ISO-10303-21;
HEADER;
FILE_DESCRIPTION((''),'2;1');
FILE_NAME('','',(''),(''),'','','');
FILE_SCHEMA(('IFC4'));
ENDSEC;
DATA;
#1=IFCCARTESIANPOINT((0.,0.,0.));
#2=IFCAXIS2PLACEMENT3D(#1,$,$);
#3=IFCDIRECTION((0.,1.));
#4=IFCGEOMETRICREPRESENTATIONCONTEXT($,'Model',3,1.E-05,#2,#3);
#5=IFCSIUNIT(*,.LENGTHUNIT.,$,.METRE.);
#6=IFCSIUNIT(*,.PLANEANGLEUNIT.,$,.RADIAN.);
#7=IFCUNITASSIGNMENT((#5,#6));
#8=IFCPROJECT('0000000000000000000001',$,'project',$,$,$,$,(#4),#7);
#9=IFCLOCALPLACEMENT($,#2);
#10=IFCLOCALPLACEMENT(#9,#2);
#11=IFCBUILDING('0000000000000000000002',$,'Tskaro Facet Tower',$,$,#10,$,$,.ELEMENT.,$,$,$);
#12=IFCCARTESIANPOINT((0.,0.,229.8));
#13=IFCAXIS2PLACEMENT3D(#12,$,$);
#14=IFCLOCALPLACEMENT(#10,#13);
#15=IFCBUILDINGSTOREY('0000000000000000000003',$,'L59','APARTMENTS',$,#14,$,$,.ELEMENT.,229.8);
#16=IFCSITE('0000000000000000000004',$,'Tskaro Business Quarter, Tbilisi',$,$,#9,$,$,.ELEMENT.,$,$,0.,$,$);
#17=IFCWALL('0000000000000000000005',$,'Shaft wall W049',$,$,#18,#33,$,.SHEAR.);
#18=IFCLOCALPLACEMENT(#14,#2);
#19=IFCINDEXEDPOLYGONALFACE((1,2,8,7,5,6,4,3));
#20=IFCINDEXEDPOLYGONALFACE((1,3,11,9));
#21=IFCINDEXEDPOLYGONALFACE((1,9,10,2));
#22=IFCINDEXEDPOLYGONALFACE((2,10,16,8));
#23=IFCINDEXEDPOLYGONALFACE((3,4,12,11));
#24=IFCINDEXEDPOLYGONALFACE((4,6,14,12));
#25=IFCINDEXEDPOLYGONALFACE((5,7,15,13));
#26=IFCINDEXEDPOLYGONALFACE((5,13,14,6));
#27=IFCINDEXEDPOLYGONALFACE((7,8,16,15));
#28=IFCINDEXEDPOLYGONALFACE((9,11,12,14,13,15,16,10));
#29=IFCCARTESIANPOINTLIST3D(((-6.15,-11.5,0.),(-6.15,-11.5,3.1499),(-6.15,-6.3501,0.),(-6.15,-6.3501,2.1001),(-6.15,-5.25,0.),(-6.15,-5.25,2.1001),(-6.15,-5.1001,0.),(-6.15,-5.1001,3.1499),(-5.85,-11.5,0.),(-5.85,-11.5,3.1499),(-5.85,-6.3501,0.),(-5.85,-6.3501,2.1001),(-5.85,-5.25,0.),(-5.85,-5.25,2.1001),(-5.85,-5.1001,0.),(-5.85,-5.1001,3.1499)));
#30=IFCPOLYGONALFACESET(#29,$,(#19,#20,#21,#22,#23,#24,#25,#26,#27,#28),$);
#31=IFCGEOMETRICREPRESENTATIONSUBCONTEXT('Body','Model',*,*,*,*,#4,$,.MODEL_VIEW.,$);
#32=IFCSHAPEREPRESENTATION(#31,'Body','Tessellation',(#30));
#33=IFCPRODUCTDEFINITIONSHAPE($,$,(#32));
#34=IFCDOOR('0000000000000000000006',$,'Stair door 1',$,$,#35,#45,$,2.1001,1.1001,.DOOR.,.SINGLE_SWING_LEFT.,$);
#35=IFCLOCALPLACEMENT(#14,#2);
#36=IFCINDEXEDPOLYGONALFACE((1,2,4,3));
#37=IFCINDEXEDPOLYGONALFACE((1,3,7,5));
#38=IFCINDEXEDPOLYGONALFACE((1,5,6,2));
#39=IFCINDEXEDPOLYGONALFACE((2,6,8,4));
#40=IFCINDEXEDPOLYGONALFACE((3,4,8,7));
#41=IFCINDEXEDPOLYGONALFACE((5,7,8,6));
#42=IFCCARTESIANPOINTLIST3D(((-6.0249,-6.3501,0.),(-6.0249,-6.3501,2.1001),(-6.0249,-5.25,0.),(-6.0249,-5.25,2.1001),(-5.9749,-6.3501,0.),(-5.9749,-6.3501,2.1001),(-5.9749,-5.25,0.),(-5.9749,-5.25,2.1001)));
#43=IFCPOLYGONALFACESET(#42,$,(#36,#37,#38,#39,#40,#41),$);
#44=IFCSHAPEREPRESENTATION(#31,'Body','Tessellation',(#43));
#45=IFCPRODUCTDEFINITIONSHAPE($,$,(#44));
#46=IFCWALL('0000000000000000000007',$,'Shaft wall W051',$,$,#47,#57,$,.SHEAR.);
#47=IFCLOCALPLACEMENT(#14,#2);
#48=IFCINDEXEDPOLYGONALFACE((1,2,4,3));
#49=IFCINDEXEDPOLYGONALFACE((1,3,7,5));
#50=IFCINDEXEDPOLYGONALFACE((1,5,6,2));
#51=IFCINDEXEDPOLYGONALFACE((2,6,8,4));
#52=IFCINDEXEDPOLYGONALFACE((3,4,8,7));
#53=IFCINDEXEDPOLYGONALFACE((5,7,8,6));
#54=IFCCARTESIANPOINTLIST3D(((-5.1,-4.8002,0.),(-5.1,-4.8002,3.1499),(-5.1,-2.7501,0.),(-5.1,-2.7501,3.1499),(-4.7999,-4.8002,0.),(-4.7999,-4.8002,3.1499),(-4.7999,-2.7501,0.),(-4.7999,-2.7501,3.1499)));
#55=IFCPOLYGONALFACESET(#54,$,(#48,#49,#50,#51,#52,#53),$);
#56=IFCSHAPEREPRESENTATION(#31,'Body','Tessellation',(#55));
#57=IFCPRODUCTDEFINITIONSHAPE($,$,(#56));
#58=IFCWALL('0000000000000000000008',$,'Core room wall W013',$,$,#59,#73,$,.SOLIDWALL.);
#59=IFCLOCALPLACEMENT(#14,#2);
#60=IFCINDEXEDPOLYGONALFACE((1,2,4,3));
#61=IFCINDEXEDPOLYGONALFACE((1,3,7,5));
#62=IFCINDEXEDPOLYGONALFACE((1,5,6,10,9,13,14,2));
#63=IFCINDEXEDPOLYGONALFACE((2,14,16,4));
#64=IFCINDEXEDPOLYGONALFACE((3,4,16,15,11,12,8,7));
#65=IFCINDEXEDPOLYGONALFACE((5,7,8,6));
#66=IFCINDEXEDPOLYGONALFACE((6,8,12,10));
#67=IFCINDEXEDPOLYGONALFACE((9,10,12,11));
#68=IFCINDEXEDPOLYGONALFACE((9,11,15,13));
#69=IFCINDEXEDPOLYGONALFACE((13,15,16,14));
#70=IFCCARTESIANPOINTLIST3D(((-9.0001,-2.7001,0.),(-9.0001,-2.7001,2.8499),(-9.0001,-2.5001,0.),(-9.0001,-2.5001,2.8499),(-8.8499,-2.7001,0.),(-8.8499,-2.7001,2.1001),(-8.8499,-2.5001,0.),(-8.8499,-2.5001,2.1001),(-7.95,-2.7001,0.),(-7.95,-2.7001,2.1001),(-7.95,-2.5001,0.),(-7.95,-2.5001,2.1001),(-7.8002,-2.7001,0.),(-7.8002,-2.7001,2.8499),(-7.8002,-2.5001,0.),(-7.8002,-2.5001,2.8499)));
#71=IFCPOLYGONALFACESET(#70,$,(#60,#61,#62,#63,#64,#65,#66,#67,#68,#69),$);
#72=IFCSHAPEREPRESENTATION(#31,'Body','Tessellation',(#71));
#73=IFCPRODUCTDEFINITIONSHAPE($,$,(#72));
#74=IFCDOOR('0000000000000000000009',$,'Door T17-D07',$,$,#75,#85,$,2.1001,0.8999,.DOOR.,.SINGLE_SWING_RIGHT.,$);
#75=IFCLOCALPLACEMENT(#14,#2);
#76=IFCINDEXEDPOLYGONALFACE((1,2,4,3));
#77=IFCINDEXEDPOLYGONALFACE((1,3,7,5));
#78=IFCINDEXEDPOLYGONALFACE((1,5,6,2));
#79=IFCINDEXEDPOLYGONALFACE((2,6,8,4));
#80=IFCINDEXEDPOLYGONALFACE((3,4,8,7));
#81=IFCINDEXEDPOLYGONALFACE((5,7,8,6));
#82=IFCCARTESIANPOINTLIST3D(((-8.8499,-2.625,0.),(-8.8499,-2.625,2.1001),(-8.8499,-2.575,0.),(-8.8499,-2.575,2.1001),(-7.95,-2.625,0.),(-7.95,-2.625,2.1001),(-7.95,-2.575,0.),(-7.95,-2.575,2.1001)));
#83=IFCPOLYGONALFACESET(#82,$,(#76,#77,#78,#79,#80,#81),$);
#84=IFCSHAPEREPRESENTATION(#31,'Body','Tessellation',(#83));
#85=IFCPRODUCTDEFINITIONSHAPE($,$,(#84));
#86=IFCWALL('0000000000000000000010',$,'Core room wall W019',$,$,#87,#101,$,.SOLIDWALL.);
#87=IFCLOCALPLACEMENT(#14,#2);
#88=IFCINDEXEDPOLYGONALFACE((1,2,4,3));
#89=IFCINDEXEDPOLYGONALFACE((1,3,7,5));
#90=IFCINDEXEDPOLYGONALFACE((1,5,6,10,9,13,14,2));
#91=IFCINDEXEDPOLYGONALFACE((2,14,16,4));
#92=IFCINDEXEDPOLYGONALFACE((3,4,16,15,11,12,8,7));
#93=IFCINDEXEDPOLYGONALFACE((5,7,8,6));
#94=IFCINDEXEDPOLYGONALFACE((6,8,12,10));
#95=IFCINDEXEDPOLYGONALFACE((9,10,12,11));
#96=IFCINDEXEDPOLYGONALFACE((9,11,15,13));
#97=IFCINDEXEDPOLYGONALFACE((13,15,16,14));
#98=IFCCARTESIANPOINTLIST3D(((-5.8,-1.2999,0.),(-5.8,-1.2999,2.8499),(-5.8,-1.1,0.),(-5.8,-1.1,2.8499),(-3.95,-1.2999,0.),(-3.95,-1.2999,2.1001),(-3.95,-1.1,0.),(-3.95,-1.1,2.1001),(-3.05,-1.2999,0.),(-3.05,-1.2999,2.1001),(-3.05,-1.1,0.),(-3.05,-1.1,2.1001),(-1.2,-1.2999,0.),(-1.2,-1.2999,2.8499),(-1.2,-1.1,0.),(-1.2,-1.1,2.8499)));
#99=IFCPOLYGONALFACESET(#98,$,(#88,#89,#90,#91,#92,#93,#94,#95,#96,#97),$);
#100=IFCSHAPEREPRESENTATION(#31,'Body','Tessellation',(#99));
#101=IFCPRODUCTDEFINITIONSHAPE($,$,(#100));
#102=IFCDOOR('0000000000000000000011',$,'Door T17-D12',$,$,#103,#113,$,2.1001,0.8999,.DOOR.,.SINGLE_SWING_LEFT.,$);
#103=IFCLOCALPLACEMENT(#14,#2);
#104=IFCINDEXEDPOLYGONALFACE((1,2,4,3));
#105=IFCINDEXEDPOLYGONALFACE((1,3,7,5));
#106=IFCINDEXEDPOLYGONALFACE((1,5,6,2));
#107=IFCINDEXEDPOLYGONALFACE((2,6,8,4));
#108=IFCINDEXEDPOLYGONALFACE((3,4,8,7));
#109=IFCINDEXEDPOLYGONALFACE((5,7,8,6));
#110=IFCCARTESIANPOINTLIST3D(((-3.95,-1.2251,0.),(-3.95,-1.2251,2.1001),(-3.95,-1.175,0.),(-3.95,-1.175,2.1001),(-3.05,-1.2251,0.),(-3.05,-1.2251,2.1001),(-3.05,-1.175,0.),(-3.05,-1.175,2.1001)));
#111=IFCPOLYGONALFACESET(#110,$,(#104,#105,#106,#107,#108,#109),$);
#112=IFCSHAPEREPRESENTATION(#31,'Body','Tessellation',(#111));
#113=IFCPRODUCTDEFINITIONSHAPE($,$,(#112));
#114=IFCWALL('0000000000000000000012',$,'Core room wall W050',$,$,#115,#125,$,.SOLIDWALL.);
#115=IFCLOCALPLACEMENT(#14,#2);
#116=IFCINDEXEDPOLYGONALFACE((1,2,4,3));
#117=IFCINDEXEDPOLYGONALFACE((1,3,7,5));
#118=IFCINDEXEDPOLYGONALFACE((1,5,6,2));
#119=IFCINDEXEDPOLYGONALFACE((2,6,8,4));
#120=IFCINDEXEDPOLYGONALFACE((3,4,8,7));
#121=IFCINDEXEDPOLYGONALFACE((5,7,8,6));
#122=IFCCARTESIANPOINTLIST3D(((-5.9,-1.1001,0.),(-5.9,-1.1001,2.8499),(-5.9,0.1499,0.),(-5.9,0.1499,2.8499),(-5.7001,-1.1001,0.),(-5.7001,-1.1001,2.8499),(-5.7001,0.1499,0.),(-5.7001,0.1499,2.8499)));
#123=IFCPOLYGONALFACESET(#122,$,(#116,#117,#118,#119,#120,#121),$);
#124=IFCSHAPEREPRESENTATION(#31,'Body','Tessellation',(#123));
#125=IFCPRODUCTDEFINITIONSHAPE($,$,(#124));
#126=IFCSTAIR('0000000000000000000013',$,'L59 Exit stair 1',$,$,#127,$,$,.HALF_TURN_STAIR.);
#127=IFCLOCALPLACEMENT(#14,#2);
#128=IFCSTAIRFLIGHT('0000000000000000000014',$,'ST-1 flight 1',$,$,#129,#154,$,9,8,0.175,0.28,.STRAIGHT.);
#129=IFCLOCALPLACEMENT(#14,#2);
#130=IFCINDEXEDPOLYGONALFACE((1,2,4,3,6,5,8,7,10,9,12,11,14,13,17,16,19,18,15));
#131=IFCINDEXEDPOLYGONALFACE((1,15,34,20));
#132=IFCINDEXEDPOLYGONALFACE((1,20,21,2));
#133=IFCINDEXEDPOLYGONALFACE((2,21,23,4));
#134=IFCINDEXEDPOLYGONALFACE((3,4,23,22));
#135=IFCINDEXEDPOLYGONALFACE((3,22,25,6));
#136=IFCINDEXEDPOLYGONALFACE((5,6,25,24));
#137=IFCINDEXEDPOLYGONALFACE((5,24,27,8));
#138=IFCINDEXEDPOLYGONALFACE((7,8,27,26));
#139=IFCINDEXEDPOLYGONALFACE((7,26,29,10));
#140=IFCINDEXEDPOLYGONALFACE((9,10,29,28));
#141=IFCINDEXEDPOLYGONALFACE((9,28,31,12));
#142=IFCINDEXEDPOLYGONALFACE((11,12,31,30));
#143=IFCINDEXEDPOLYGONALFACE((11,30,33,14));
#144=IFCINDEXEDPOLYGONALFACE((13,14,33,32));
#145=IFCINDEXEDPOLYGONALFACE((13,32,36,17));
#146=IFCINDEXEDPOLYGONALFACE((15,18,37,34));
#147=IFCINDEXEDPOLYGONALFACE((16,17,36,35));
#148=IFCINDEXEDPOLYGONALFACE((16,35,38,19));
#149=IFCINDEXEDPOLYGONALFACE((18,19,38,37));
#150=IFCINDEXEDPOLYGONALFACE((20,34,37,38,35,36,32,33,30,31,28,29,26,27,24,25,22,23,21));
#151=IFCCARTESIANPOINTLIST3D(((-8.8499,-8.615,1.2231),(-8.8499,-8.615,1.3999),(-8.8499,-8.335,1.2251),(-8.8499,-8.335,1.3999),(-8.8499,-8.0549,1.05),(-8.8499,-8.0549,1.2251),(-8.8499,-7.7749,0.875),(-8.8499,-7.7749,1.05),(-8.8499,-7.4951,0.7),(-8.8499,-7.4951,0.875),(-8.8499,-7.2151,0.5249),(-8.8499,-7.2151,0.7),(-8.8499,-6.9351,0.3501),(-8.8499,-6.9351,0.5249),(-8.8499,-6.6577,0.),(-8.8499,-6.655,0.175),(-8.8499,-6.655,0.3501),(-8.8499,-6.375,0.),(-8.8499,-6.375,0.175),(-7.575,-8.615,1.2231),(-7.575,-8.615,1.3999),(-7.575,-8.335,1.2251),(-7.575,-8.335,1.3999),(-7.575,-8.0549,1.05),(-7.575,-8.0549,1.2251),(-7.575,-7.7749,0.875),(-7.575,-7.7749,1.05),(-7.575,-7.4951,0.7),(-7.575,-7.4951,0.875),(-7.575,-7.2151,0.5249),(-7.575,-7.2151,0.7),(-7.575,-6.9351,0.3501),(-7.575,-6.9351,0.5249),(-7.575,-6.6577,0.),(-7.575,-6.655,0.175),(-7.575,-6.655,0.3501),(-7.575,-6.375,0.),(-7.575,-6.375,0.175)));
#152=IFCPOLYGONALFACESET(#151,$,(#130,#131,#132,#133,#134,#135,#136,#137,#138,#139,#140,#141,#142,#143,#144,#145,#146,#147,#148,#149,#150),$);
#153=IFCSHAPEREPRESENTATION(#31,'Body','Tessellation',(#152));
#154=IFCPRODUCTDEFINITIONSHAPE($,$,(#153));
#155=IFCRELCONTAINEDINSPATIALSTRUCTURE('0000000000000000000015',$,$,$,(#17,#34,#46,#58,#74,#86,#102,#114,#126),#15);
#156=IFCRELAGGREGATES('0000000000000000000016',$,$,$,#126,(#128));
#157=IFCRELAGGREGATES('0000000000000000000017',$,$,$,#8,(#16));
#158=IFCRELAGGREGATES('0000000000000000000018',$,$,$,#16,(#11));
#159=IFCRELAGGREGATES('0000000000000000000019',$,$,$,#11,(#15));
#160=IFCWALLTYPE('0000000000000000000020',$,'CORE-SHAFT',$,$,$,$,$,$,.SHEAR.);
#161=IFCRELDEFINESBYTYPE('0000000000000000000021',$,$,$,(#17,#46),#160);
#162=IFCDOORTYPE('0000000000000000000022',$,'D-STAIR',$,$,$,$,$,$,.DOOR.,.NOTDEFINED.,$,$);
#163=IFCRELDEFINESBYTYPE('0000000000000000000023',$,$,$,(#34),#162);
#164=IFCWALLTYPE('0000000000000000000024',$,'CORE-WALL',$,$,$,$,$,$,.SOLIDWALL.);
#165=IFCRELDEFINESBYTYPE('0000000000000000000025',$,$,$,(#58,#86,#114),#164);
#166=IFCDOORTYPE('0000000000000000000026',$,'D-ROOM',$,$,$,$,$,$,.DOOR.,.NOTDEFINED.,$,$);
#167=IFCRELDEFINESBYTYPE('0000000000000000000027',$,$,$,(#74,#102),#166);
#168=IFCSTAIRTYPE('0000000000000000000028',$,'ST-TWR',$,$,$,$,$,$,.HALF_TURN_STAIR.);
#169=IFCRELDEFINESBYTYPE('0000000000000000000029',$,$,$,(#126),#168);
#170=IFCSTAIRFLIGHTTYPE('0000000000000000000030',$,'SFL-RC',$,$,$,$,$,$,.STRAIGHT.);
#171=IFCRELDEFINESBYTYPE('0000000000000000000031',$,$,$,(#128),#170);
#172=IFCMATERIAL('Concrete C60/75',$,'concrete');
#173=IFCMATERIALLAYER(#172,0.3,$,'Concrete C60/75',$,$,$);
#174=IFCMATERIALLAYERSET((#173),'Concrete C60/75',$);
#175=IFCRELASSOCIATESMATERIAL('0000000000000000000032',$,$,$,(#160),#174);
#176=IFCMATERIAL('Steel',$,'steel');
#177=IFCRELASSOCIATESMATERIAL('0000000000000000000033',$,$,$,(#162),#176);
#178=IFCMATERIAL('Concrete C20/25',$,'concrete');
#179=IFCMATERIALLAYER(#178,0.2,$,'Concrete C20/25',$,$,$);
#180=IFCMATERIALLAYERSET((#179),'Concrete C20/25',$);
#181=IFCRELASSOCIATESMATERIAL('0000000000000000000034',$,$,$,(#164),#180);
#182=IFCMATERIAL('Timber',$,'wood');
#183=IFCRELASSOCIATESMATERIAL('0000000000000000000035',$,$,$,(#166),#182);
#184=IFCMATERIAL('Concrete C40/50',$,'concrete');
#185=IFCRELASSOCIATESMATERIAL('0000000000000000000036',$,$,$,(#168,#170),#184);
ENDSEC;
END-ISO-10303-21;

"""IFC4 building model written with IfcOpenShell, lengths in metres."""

from ifc_helpers import new_model, si_unit, direction, frame, frame_2d, origin, place, context, subcontext, project, spatial, polyline, rectangle, outline, extrude, material, layer, layer_set, type_object, element, fill, aggregate, save


model = new_model("IFC4")

# Units and contexts
model_context = context("Model", 3, precision=1e-05, world=origin(), true_north=direction((0.0, 1.0)))
body_context = subcontext(model_context, "Body", "Model", "MODEL_VIEW")
ifc_project = project(units=[si_unit("LENGTHUNIT", "METRE"), si_unit("PLANEANGLEUNIT", "RADIAN")], contexts=[model_context])

# Site, building, storey
site_placement = place(None, origin())
site = spatial("IfcSite", under=ifc_project, at=site_placement, Name="Tskaro Business Quarter, Tbilisi", CompositionType="ELEMENT", RefElevation=0.0)
building_placement = place(site_placement, origin())
building = spatial("IfcBuilding", under=site, at=building_placement, Name="Tskaro Facet Tower", CompositionType="ELEMENT")
storey_placement = place(building_placement, frame((0.0, 0.0, 229.8)))
storey = spatial("IfcBuildingStorey", under=building, at=storey_placement, Name="L59", Description="APARTMENTS", CompositionType="ELEMENT", Elevation=229.8)

# Shared definitions
ifc_material_1 = material(Name="Concrete C60/75", Category="concrete")
ifc_layer_1 = layer(ifc_material_1, 0.3, Name="Concrete C60/75")
ifc_layer_set_1 = layer_set([ifc_layer_1], Name="Concrete C60/75")
wall_type_1 = type_object("IfcWallType", Name="CORE-SHAFT", PredefinedType="SHEAR", material=ifc_layer_set_1)

# Wall, opening, door
wall_1_placement = place(storey_placement, frame((-6.0, -11.5, 0.0), z_axis=(0.0, 0.0, 1.0), x_axis=(0.0, 1.0, 0.0)))
wall_1 = element("IfcWall", 1, at=wall_1_placement, inside=storey, type_object=wall_type_1, Name="Shaft wall W049", PredefinedType="SHEAR", context=body_context, shape_type="SweptSolid", body=[
    extrude(rectangle(XDim=6.3999, YDim=0.3, at=frame_2d((3.2, 0.0))), origin(), (0.0, 0.0, 1.0), 3.1499),
])
opening_1_placement = place(wall_1_placement, frame((5.1499, 0.0, 0.0)))
opening_1 = element("IfcOpeningElement", 2, at=opening_1_placement, cuts=wall_1, PredefinedType="OPENING", context=body_context, shape_type="SweptSolid", body=[
    extrude(rectangle(XDim=1.1001, YDim=2.1001, at=frame_2d((0.55, 1.05))), frame((0.0, 0.1599, 0.0), z_axis=(0.0, -1.0, 0.0), x_axis=(1.0, 0.0, 0.0)), (0.0, 0.0, 1.0), 0.3201),
])
ifc_material_2 = material(Name="Steel", Category="steel")
door_type_1 = type_object("IfcDoorType", Name="D-STAIR", OperationType="NOTDEFINED", PredefinedType="DOOR", material=ifc_material_2)
door_1_placement = place(opening_1_placement, origin())
door_1 = element("IfcDoor", 3, at=door_1_placement, inside=storey, type_object=door_type_1, Name="Stair door 1", OperationType="SINGLE_SWING_LEFT", OverallHeight=2.1001, OverallWidth=1.1001, PredefinedType="DOOR", context=body_context, shape_type="SweptSolid", body=[
    extrude(rectangle(XDim=1.1001, YDim=2.1001, at=frame_2d((0.55, 1.05))), frame((0.0, 0.0249, 0.0), z_axis=(0.0, -1.0, 0.0), x_axis=(1.0, 0.0, 0.0)), (0.0, 0.0, 1.0), 0.05),
])
fill(opening_1, door_1)

# Wall
wall_2_placement = place(storey_placement, frame((-4.95, -4.8, 0.0), z_axis=(0.0, 0.0, 1.0), x_axis=(0.0, 1.0, 0.0)))
element("IfcWall", 4, at=wall_2_placement, inside=storey, type_object=wall_type_1, Name="Shaft wall W051", PredefinedType="SHEAR", context=body_context, shape_type="SweptSolid", body=[
    extrude(rectangle(XDim=2.05, YDim=0.3, at=frame_2d((1.0249, 0.0))), origin(), (0.0, 0.0, 1.0), 3.1499),
])

# Walls, openings, doors
ifc_material_3 = material(Name="Concrete C20/25", Category="concrete")
ifc_layer_2 = layer(ifc_material_3, 0.2, Name="Concrete C20/25")
ifc_layer_set_2 = layer_set([ifc_layer_2], Name="Concrete C20/25")
wall_type_2 = type_object("IfcWallType", Name="CORE-WALL", PredefinedType="SOLIDWALL", material=ifc_layer_set_2)
wall_3_placement = place(storey_placement, frame((-7.8, -2.6001, 0.0), z_axis=(0.0, 0.0, 1.0), x_axis=(-1.0, 0.0, 0.0)))
wall_3 = element("IfcWall", 5, at=wall_3_placement, inside=storey, type_object=wall_type_2, Name="Core room wall W013", PredefinedType="SOLIDWALL", context=body_context, shape_type="SweptSolid", body=[
    extrude(rectangle(XDim=1.2, YDim=0.2, at=frame_2d((0.6001, 0.0))), origin(), (0.0, 0.0, 1.0), 2.8499),
])
opening_2_placement = place(wall_3_placement, frame((0.1499, 0.0, 0.0)))
opening_2 = element("IfcOpeningElement", 6, at=opening_2_placement, cuts=wall_3, PredefinedType="OPENING", context=body_context, shape_type="SweptSolid", body=[
    extrude(rectangle(XDim=0.8999, YDim=2.1001, at=frame_2d((0.45, 1.05))), frame((0.0, 0.1099, 0.0), z_axis=(0.0, -1.0, 0.0), x_axis=(1.0, 0.0, 0.0)), (0.0, 0.0, 1.0), 0.22),
])
ifc_material_4 = material(Name="Timber", Category="wood")
door_type_2 = type_object("IfcDoorType", Name="D-ROOM", OperationType="NOTDEFINED", PredefinedType="DOOR", material=ifc_material_4)
door_2_placement = place(opening_2_placement, origin())
door_2 = element("IfcDoor", 7, at=door_2_placement, inside=storey, type_object=door_type_2, Name="Door T17-D07", OperationType="SINGLE_SWING_RIGHT", OverallHeight=2.1001, OverallWidth=0.8999, PredefinedType="DOOR", context=body_context, shape_type="SweptSolid", body=[
    extrude(rectangle(XDim=0.8999, YDim=2.1001, at=frame_2d((0.45, 1.05))), frame((0.0, 0.0249, 0.0), z_axis=(0.0, -1.0, 0.0), x_axis=(1.0, 0.0, 0.0)), (0.0, 0.0, 1.0), 0.05),
])
fill(opening_2, door_2)
wall_4_placement = place(storey_placement, frame((-5.8, -1.2, 0.0), z_axis=(0.0, 0.0, 1.0), x_axis=(1.0, 0.0, 0.0)))
wall_4 = element("IfcWall", 8, at=wall_4_placement, inside=storey, type_object=wall_type_2, Name="Core room wall W019", PredefinedType="SOLIDWALL", context=body_context, shape_type="SweptSolid", body=[
    extrude(rectangle(XDim=4.6001, YDim=0.2, at=frame_2d((2.3, 0.0))), origin(), (0.0, 0.0, 1.0), 2.8499),
])
opening_3_placement = place(wall_4_placement, frame((1.8501, 0.0, 0.0)))
opening_3 = element("IfcOpeningElement", 9, at=opening_3_placement, cuts=wall_4, PredefinedType="OPENING", context=body_context, shape_type="SweptSolid", body=[
    extrude(rectangle(XDim=0.8999, YDim=2.1001, at=frame_2d((0.45, 1.05))), frame((0.0, 0.1099, 0.0), z_axis=(0.0, -1.0, 0.0), x_axis=(1.0, 0.0, 0.0)), (0.0, 0.0, 1.0), 0.22),
])
door_3_placement = place(opening_3_placement, origin())
door_3 = element("IfcDoor", 10, at=door_3_placement, inside=storey, type_object=door_type_2, Name="Door T17-D12", OperationType="SINGLE_SWING_LEFT", OverallHeight=2.1001, OverallWidth=0.8999, PredefinedType="DOOR", context=body_context, shape_type="SweptSolid", body=[
    extrude(rectangle(XDim=0.8999, YDim=2.1001, at=frame_2d((0.45, 1.05))), frame((0.0, 0.0249, 0.0), z_axis=(0.0, -1.0, 0.0), x_axis=(1.0, 0.0, 0.0)), (0.0, 0.0, 1.0), 0.05),
])
fill(opening_3, door_3)

# Wall
wall_5_placement = place(storey_placement, frame((-5.8, -1.1001, 0.0), z_axis=(0.0, 0.0, 1.0), x_axis=(0.0, 1.0, 0.0)))
element("IfcWall", 11, at=wall_5_placement, inside=storey, type_object=wall_type_2, Name="Core room wall W050", PredefinedType="SOLIDWALL", context=body_context, shape_type="SweptSolid", body=[
    extrude(rectangle(XDim=1.25, YDim=0.2, at=frame_2d((0.625, 0.0))), origin(), (0.0, 0.0, 1.0), 2.8499),
])

# Stair, stair flight
ifc_material_5 = material(Name="Concrete C40/50", Category="concrete")
stair_type = type_object("IfcStairType", Name="ST-TWR", PredefinedType="HALF_TURN_STAIR", material=ifc_material_5)
stair_placement = place(storey_placement, origin())
stair = element("IfcStair", 12, at=stair_placement, inside=storey, type_object=stair_type, Name="L59 Exit stair 1", PredefinedType="HALF_TURN_STAIR")
stair_flight_type = type_object("IfcStairFlightType", Name="SFL-RC", PredefinedType="STRAIGHT", material=ifc_material_5)
stair_flight_1_placement = place(storey_placement, frame((-8.2124, -6.375, 0.0), z_axis=(0.0, 0.0, 1.0), x_axis=(0.0, -1.0, 0.0)))
stair_flight_1 = element("IfcStairFlight", 13, at=stair_flight_1_placement, type_object=stair_flight_type, Name="ST-1 flight 1", NumberOfRisers=9, NumberOfTreads=8, PredefinedType="STRAIGHT", RiserHeight=0.175, TreadLength=0.28, context=body_context, shape_type="SweptSolid", body=[
    extrude(outline(polyline([(0.0, 0.0), (0.0, 0.175), (0.28, 0.175), (0.28, 0.3501), (0.5601, 0.3501), (0.5601, 0.5249), (0.8401, 0.5249), (0.8401, 0.7), (1.1201, 0.7), (1.1201, 0.875), (1.3999, 0.875), (1.3999, 1.05), (1.6799, 1.05), (1.6799, 1.2251), (1.96, 1.2251), (1.96, 1.3999), (2.24, 1.3999), (2.24, 1.575), (2.24, 1.2231), (0.2827, 0.0), (0.0, 0.0)])), frame((0.0, 0.6375, 0.0), z_axis=(0.0, -1.0, 0.0), x_axis=(1.0, 0.0, 0.0)), (0.0, 0.0, 1.0), 1.2749),
])
aggregate(stair, [stair_flight_1])

save(model, "model.ifc")
